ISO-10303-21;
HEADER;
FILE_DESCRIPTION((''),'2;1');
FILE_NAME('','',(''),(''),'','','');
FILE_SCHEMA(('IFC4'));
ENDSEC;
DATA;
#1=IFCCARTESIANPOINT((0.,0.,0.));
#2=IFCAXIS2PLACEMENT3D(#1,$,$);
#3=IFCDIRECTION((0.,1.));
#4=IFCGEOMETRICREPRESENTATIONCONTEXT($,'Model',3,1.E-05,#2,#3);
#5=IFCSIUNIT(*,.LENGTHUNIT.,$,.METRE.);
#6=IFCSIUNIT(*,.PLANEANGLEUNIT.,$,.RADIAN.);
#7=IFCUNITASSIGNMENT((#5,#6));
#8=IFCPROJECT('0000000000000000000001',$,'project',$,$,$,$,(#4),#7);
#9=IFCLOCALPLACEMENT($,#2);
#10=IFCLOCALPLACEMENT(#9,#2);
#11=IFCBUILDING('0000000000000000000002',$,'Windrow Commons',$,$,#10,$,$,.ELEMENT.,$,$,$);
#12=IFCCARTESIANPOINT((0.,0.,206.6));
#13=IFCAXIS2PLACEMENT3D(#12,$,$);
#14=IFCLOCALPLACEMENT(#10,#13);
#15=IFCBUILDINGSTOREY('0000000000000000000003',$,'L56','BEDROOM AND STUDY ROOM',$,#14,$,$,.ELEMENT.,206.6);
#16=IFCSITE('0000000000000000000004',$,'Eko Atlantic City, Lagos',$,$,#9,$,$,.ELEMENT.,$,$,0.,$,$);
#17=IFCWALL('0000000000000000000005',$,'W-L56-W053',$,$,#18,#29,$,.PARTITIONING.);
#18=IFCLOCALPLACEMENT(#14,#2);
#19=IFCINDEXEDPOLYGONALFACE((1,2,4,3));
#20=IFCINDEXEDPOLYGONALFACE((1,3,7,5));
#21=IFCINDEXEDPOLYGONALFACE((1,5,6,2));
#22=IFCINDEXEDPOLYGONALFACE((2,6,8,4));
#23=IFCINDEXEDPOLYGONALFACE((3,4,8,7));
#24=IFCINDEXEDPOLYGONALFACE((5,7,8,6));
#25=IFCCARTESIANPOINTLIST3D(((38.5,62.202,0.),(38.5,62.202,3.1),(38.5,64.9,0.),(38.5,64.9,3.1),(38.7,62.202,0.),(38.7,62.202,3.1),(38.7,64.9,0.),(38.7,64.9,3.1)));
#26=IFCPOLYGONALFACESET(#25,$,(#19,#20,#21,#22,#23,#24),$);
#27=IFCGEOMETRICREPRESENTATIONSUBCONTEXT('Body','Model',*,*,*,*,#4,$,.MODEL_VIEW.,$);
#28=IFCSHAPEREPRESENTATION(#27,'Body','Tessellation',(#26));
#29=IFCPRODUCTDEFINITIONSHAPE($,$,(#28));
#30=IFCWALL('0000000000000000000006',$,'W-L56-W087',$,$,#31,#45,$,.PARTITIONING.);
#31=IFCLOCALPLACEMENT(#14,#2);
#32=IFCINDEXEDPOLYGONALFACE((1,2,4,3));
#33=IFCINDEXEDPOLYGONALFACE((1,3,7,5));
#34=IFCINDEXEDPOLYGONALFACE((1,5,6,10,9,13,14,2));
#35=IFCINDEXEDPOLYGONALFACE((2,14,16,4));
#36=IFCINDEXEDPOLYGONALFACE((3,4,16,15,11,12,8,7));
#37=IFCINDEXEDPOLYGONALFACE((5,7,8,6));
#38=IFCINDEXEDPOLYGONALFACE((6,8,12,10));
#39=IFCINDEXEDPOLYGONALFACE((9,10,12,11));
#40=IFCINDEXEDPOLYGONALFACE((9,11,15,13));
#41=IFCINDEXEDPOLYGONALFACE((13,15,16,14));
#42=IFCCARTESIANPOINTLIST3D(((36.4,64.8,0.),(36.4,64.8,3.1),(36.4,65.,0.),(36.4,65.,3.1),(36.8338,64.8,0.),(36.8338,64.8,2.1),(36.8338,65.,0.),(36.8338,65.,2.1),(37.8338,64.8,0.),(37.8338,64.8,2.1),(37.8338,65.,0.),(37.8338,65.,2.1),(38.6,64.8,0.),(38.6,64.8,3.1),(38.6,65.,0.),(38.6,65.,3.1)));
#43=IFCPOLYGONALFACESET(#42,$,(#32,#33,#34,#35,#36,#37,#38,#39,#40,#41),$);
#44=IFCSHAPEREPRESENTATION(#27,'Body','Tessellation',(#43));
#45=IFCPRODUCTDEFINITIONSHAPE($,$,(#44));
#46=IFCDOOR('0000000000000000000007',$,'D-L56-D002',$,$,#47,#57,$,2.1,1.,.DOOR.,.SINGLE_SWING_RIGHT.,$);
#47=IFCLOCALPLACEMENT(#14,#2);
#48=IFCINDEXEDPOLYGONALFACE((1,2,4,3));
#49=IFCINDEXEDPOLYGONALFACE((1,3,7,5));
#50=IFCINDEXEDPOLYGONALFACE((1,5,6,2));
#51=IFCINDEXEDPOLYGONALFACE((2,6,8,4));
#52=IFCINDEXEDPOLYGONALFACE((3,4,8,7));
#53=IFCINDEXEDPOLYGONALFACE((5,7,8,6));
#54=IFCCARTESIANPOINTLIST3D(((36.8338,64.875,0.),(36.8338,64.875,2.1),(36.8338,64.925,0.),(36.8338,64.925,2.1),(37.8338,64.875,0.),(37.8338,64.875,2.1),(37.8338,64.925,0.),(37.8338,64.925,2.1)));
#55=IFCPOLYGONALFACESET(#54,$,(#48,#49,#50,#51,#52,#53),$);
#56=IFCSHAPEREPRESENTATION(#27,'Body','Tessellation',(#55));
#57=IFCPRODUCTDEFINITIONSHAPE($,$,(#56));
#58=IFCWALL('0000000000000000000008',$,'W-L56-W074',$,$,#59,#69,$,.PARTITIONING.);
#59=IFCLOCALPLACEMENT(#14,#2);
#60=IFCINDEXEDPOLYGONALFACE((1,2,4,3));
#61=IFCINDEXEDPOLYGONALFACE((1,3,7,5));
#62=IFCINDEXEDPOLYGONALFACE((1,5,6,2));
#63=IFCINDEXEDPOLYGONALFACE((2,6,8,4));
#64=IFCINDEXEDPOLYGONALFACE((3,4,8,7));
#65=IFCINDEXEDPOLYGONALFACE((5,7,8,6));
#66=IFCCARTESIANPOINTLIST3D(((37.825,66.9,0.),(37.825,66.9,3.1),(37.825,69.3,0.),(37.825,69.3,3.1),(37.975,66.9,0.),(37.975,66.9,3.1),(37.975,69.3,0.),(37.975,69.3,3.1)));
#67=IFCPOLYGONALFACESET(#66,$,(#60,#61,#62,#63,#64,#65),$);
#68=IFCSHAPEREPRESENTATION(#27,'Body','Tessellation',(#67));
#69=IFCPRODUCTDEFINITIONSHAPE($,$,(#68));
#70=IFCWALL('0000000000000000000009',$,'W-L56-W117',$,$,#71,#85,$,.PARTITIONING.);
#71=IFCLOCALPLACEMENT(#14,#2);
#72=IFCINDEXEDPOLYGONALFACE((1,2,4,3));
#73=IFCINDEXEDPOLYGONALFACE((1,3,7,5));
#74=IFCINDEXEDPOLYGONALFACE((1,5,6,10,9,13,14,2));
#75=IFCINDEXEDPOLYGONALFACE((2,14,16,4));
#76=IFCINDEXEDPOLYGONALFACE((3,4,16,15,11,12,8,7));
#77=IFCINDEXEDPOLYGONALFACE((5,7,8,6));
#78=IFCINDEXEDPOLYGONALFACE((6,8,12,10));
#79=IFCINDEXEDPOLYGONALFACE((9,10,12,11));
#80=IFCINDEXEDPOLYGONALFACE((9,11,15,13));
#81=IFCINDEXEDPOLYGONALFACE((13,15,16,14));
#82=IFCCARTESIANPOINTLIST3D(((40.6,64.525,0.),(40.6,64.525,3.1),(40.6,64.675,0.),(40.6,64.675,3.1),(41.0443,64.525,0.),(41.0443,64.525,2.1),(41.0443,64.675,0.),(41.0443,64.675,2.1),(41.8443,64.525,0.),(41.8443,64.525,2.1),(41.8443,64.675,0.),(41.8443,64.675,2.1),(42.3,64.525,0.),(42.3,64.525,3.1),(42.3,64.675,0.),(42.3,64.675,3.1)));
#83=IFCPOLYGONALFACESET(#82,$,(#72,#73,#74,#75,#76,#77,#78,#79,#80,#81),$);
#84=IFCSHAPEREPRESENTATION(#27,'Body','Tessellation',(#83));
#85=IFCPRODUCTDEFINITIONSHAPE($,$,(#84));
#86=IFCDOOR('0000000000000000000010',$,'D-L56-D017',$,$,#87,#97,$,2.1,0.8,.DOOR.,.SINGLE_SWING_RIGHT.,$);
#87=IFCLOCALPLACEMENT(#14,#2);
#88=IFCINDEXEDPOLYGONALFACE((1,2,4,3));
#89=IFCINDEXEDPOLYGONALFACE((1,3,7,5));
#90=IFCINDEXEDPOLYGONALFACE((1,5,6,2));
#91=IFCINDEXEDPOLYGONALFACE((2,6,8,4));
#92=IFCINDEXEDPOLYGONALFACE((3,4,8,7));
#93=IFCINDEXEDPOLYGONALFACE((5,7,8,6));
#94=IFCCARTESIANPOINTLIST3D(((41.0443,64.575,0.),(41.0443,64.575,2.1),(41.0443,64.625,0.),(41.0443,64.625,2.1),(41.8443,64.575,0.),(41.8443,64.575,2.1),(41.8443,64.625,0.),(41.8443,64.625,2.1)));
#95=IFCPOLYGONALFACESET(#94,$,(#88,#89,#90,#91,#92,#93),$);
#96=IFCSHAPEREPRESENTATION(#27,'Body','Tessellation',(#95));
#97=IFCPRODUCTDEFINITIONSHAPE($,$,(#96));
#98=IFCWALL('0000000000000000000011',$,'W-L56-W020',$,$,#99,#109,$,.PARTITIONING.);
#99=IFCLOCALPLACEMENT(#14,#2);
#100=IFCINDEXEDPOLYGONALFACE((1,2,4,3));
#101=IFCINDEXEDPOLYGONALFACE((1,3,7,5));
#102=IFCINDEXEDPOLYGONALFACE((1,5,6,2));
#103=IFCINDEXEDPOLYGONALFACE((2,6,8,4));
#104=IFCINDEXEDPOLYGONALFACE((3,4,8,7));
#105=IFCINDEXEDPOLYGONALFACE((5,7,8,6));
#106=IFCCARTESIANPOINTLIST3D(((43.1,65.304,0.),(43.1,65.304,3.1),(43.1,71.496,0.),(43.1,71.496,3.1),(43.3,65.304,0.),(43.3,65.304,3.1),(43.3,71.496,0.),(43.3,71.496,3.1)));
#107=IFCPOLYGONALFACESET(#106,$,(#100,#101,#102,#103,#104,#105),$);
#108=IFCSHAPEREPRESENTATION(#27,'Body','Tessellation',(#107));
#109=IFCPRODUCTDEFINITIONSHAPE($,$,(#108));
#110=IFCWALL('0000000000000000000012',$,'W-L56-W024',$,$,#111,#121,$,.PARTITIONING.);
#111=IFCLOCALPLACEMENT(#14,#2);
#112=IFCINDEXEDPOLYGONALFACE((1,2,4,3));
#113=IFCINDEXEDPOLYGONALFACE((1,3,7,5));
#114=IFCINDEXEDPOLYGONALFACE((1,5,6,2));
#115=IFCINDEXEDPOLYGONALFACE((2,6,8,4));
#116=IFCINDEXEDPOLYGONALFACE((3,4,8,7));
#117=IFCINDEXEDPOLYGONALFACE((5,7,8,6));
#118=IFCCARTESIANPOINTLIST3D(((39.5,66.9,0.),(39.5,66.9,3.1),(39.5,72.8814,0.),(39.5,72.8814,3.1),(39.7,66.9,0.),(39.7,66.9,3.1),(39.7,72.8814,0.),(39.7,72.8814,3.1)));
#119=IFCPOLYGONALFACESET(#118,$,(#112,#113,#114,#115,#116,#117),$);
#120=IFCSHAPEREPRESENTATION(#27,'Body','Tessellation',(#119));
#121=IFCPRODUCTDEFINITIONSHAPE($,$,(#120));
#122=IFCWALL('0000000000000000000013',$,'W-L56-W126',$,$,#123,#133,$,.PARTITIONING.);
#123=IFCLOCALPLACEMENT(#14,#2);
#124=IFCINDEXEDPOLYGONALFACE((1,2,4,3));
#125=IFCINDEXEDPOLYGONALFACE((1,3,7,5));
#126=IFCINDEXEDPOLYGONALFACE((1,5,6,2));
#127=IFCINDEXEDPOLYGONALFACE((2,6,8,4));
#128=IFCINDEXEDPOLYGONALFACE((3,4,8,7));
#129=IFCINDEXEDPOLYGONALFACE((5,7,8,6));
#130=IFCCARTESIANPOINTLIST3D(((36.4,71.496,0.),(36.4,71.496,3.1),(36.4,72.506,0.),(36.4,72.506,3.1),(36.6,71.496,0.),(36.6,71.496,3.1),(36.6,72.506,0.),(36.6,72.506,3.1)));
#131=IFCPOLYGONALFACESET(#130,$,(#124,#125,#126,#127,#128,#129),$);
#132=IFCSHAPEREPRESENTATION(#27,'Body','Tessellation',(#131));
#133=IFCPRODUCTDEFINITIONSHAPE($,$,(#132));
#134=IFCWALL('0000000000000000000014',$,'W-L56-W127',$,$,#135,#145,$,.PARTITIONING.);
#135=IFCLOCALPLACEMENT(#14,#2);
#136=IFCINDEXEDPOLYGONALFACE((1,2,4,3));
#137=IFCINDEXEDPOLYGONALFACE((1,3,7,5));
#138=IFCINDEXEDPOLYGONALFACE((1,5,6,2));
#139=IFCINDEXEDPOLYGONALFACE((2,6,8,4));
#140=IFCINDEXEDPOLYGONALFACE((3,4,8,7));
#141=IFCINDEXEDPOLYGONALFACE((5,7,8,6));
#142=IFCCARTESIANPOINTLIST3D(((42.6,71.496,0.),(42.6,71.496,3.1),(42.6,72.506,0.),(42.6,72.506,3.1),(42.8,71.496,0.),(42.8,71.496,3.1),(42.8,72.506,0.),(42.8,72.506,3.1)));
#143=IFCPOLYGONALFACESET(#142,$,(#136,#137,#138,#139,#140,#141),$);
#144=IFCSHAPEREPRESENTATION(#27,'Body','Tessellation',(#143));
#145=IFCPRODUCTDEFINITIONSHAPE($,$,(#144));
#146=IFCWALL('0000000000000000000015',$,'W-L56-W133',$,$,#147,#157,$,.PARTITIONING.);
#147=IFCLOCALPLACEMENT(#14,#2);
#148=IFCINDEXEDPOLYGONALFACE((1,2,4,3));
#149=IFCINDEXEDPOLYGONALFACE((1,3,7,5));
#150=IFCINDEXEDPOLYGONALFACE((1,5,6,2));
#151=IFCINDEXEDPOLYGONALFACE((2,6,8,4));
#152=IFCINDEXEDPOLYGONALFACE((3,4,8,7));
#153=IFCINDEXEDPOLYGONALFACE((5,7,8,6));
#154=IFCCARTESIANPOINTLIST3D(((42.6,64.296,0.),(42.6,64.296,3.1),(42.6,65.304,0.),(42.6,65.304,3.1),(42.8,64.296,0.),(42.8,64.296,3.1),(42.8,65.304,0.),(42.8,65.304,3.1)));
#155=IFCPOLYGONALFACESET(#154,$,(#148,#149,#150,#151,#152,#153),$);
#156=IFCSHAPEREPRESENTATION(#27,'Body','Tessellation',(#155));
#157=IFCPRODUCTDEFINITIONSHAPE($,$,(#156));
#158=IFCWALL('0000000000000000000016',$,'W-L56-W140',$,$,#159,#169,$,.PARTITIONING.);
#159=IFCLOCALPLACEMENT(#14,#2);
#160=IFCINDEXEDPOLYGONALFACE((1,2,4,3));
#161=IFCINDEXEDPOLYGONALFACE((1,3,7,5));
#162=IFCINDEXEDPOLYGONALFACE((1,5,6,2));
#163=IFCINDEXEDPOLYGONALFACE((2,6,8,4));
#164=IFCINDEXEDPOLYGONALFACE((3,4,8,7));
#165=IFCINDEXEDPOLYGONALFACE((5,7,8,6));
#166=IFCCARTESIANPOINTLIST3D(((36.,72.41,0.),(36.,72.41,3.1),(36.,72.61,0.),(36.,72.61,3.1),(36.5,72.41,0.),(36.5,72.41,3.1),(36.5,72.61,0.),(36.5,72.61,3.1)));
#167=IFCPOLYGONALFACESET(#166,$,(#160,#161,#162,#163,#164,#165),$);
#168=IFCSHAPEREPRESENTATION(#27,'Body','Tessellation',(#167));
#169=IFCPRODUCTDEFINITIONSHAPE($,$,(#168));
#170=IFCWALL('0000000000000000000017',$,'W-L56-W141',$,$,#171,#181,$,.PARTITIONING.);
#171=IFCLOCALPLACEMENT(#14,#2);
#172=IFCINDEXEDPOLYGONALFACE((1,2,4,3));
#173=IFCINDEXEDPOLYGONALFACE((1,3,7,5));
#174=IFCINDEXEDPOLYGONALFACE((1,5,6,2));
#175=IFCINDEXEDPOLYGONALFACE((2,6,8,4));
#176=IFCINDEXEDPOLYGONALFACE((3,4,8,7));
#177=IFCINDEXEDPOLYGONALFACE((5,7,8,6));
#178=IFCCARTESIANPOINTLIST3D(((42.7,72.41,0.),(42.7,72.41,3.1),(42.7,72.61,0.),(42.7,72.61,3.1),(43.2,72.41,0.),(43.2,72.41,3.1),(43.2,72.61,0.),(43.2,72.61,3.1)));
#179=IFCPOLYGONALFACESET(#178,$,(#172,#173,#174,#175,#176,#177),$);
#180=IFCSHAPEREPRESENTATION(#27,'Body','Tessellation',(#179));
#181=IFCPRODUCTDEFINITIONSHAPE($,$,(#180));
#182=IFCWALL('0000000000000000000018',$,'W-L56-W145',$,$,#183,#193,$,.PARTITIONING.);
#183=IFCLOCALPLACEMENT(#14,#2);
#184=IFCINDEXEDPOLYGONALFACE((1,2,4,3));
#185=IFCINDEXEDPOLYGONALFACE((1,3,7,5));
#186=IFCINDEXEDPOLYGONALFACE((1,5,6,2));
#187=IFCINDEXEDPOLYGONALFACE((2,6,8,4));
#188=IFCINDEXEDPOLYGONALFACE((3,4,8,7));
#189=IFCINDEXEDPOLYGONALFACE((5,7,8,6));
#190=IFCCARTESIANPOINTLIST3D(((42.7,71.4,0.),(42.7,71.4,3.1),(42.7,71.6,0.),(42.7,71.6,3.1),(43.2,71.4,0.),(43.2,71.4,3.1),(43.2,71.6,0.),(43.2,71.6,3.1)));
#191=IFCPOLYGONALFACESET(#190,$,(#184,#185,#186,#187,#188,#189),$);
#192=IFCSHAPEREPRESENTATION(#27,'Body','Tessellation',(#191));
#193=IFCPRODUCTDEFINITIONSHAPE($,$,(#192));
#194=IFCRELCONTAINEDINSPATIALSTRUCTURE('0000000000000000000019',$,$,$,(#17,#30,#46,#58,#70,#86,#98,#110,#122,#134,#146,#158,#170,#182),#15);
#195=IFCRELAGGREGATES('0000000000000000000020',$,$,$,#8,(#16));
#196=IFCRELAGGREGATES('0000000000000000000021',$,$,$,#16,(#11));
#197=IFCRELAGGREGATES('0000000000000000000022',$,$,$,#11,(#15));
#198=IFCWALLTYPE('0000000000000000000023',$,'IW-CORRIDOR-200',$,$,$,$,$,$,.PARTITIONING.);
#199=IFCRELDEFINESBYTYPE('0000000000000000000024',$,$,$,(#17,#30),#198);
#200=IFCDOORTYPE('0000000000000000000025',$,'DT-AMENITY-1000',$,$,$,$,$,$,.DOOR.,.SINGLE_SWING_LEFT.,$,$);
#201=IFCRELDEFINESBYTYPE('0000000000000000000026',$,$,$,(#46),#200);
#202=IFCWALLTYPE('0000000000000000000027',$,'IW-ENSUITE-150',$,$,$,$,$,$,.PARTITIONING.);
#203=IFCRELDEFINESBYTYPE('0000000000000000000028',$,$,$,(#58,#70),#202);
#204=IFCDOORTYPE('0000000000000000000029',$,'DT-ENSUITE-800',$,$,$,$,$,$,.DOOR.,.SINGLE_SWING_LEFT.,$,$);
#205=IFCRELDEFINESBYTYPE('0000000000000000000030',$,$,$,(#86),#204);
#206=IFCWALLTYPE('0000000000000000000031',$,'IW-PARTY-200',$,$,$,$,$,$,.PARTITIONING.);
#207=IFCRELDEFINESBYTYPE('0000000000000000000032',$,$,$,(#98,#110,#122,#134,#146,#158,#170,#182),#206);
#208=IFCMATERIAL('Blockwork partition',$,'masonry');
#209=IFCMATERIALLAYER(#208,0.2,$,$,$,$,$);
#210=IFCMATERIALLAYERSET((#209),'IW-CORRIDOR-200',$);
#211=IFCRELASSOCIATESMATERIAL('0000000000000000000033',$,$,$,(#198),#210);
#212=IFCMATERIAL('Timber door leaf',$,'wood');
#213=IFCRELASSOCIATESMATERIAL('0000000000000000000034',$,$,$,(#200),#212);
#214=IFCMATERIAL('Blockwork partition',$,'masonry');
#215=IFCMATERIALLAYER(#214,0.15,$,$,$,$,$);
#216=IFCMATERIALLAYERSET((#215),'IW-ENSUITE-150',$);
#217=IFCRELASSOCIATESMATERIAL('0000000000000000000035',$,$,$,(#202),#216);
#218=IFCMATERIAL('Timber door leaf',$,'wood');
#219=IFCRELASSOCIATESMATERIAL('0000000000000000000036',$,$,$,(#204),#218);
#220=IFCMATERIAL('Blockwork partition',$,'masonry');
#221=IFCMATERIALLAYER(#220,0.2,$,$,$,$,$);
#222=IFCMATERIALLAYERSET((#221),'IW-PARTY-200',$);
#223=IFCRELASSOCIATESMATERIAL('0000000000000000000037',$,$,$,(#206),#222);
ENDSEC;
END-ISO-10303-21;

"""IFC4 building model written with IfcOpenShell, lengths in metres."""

from ifc_helpers import new_model, si_unit, direction, frame, frame_2d, origin, place, context, subcontext, project, spatial, rectangle, extrude, material, layer, layer_set, type_object, element, fill, save


model = new_model("IFC4")

# Units and contexts
model_context = context("Model", 3, precision=1e-05, world=origin(), true_north=direction((0.0, 1.0)))
body_context = subcontext(model_context, "Body", "Model", "MODEL_VIEW")
ifc_project = project(units=[si_unit("LENGTHUNIT", "METRE"), si_unit("PLANEANGLEUNIT", "RADIAN")], contexts=[model_context])

# Site, building, storey
site_placement = place(None, origin())
site = spatial("IfcSite", under=ifc_project, at=site_placement, Name="Eko Atlantic City, Lagos", CompositionType="ELEMENT", RefElevation=0.0)
building_placement = place(site_placement, origin())
building = spatial("IfcBuilding", under=site, at=building_placement, Name="Windrow Commons", CompositionType="ELEMENT")
storey_placement = place(building_placement, frame((0.0, 0.0, 206.6)))
storey = spatial("IfcBuildingStorey", under=building, at=storey_placement, Name="L56", Description="BEDROOM AND STUDY ROOM", CompositionType="ELEMENT", Elevation=206.6)

# Shared definitions
ifc_material_1 = material(Name="Blockwork partition", Category="masonry")
ifc_layer_1 = layer(ifc_material_1, 0.2)
ifc_layer_set_1 = layer_set([ifc_layer_1], Name="IW-CORRIDOR-200")
wall_type_1 = type_object("IfcWallType", Name="IW-CORRIDOR-200", PredefinedType="PARTITIONING", material=ifc_layer_set_1)

# Wall
wall_1_placement = place(storey_placement, frame((38.6, 62.202, 0.0), z_axis=(0.0, 0.0, 1.0), x_axis=(0.0, 1.0, 0.0)))
element("IfcWall", 1, at=wall_1_placement, inside=storey, type_object=wall_type_1, Name="W-L56-W053", PredefinedType="PARTITIONING", context=body_context, shape_type="SweptSolid", body=[
    extrude(rectangle(XDim=2.698, YDim=0.2, at=frame_2d((1.349, 0.0))), origin(), (0.0, 0.0, 1.0), 3.1),
])

# Wall, opening, door
wall_2_placement = place(storey_placement, frame((36.4, 64.9, 0.0), z_axis=(0.0, 0.0, 1.0), x_axis=(1.0, 0.0, 0.0)))
wall_2 = element("IfcWall", 2, at=wall_2_placement, inside=storey, type_object=wall_type_1, Name="W-L56-W087", PredefinedType="PARTITIONING", context=body_context, shape_type="SweptSolid", body=[
    extrude(rectangle(XDim=2.2, YDim=0.2, at=frame_2d((1.1, 0.0))), origin(), (0.0, 0.0, 1.0), 3.1),
])
opening_1_placement = place(wall_2_placement, frame((0.4338, 0.0, 0.0)))
opening_1 = element("IfcOpeningElement", 3, at=opening_1_placement, cuts=wall_2, PredefinedType="OPENING", context=body_context, shape_type="SweptSolid", body=[
    extrude(rectangle(XDim=1.0, YDim=2.1, at=frame_2d((0.5, 1.05))), frame((0.0, 0.11, 0.0), z_axis=(0.0, -1.0, 0.0), x_axis=(1.0, 0.0, 0.0)), (0.0, 0.0, 1.0), 0.22),
])
ifc_material_2 = material(Name="Timber door leaf", Category="wood")
door_type_1 = type_object("IfcDoorType", Name="DT-AMENITY-1000", OperationType="SINGLE_SWING_LEFT", PredefinedType="DOOR", material=ifc_material_2)
door_1_placement = place(opening_1_placement, origin())
door_1 = element("IfcDoor", 4, at=door_1_placement, inside=storey, type_object=door_type_1, Name="D-L56-D002", OperationType="SINGLE_SWING_RIGHT", OverallHeight=2.1, OverallWidth=1.0, PredefinedType="DOOR", context=body_context, shape_type="SweptSolid", body=[
    extrude(rectangle(XDim=1.0, YDim=2.1, at=frame_2d((0.5, 1.05))), frame((0.0, 0.025, 0.0), z_axis=(0.0, -1.0, 0.0), x_axis=(1.0, 0.0, 0.0)), (0.0, 0.0, 1.0), 0.05),
])
fill(opening_1, door_1)

# Wall
ifc_material_3 = material(Name="Blockwork partition", Category="masonry")
ifc_layer_2 = layer(ifc_material_3, 0.15)
ifc_layer_set_2 = layer_set([ifc_layer_2], Name="IW-ENSUITE-150")
wall_type_2 = type_object("IfcWallType", Name="IW-ENSUITE-150", PredefinedType="PARTITIONING", material=ifc_layer_set_2)
wall_3_placement = place(storey_placement, frame((37.9, 66.9, 0.0), z_axis=(0.0, 0.0, 1.0), x_axis=(0.0, 1.0, 0.0)))
element("IfcWall", 5, at=wall_3_placement, inside=storey, type_object=wall_type_2, Name="W-L56-W074", PredefinedType="PARTITIONING", context=body_context, shape_type="SweptSolid", body=[
    extrude(rectangle(XDim=2.4, YDim=0.15, at=frame_2d((1.2, 0.0))), origin(), (0.0, 0.0, 1.0), 3.1),
])

# Wall, opening, door
wall_4_placement = place(storey_placement, frame((40.6, 64.6, 0.0), z_axis=(0.0, 0.0, 1.0), x_axis=(1.0, 0.0, 0.0)))
wall_4 = element("IfcWall", 6, at=wall_4_placement, inside=storey, type_object=wall_type_2, Name="W-L56-W117", PredefinedType="PARTITIONING", context=body_context, shape_type="SweptSolid", body=[
    extrude(rectangle(XDim=1.7, YDim=0.15, at=frame_2d((0.85, 0.0))), origin(), (0.0, 0.0, 1.0), 3.1),
])
opening_2_placement = place(wall_4_placement, frame((0.4443, 0.0, 0.0)))
opening_2 = element("IfcOpeningElement", 7, at=opening_2_placement, cuts=wall_4, PredefinedType="OPENING", context=body_context, shape_type="SweptSolid", body=[
    extrude(rectangle(XDim=0.8, YDim=2.1, at=frame_2d((0.4, 1.05))), frame((0.0, 0.085, 0.0), z_axis=(0.0, -1.0, 0.0), x_axis=(1.0, 0.0, 0.0)), (0.0, 0.0, 1.0), 0.17),
])
ifc_material_4 = material(Name="Timber door leaf", Category="wood")
door_type_2 = type_object("IfcDoorType", Name="DT-ENSUITE-800", OperationType="SINGLE_SWING_LEFT", PredefinedType="DOOR", material=ifc_material_4)
door_2_placement = place(opening_2_placement, origin())
door_2 = element("IfcDoor", 8, at=door_2_placement, inside=storey, type_object=door_type_2, Name="D-L56-D017", OperationType="SINGLE_SWING_RIGHT", OverallHeight=2.1, OverallWidth=0.8, PredefinedType="DOOR", context=body_context, shape_type="SweptSolid", body=[
    extrude(rectangle(XDim=0.8, YDim=2.1, at=frame_2d((0.4, 1.05))), frame((0.0, 0.025, 0.0), z_axis=(0.0, -1.0, 0.0), x_axis=(1.0, 0.0, 0.0)), (0.0, 0.0, 1.0), 0.05),
])
fill(opening_2, door_2)

# Walls
ifc_material_5 = material(Name="Blockwork partition", Category="masonry")
ifc_layer_3 = layer(ifc_material_5, 0.2)
ifc_layer_set_3 = layer_set([ifc_layer_3], Name="IW-PARTY-200")
wall_type_3 = type_object("IfcWallType", Name="IW-PARTY-200", PredefinedType="PARTITIONING", material=ifc_layer_set_3)
wall_5_placement = place(storey_placement, frame((43.2, 65.304, 0.0), z_axis=(0.0, 0.0, 1.0), x_axis=(0.0, 1.0, 0.0)))
element("IfcWall", 9, at=wall_5_placement, inside=storey, type_object=wall_type_3, Name="W-L56-W020", PredefinedType="PARTITIONING", context=body_context, shape_type="SweptSolid", body=[
    extrude(rectangle(XDim=6.192, YDim=0.2, at=frame_2d((3.096, 0.0))), origin(), (0.0, 0.0, 1.0), 3.1),
])
wall_6_placement = place(storey_placement, frame((39.6, 66.9, 0.0), z_axis=(0.0, 0.0, 1.0), x_axis=(0.0, 1.0, 0.0)))
element("IfcWall", 10, at=wall_6_placement, inside=storey, type_object=wall_type_3, Name="W-L56-W024", PredefinedType="PARTITIONING", context=body_context, shape_type="SweptSolid", body=[
    extrude(rectangle(XDim=5.9814, YDim=0.2, at=frame_2d((2.9907, 0.0))), origin(), (0.0, 0.0, 1.0), 3.1),
])
for number, where, z_axis, x_axis, name in (
    (11, (36.5, 71.496, 0.0), (0.0, 0.0, 1.0), (0.0, 1.0, 0.0), "W-L56-W126"),
    (12, (42.7, 71.496, 0.0), (0.0, 0.0, 1.0), (0.0, 1.0, 0.0), "W-L56-W127"),
):
    element("IfcWall", number, at=place(storey_placement, frame(where, z_axis=z_axis, x_axis=x_axis)), inside=storey, type_object=wall_type_3, Name=name, PredefinedType="PARTITIONING", context=body_context, shape_type="SweptSolid", body=[
        extrude(rectangle(XDim=1.01, YDim=0.2, at=frame_2d((0.505, 0.0))), origin(), (0.0, 0.0, 1.0), 3.1),
    ])
wall_7_placement = place(storey_placement, frame((42.7, 64.296, 0.0), z_axis=(0.0, 0.0, 1.0), x_axis=(0.0, 1.0, 0.0)))
element("IfcWall", 13, at=wall_7_placement, inside=storey, type_object=wall_type_3, Name="W-L56-W133", PredefinedType="PARTITIONING", context=body_context, shape_type="SweptSolid", body=[
    extrude(rectangle(XDim=1.008, YDim=0.2, at=frame_2d((0.504, 0.0))), origin(), (0.0, 0.0, 1.0), 3.1),
])
for number, where, z_axis, x_axis, name in (
    (14, (36.0, 72.51, 0.0), (0.0, 0.0, 1.0), (1.0, 0.0, 0.0), "W-L56-W140"),
    (15, (42.7, 72.51, 0.0), (0.0, 0.0, 1.0), (1.0, 0.0, 0.0), "W-L56-W141"),
    (16, (42.7, 71.5, 0.0), (0.0, 0.0, 1.0), (1.0, 0.0, 0.0), "W-L56-W145"),
):
    element("IfcWall", number, at=place(storey_placement, frame(where, z_axis=z_axis, x_axis=x_axis)), inside=storey, type_object=wall_type_3, Name=name, PredefinedType="PARTITIONING", context=body_context, shape_type="SweptSolid", body=[
        extrude(rectangle(XDim=0.5, YDim=0.2, at=frame_2d((0.25, 0.0))), origin(), (0.0, 0.0, 1.0), 3.1),
    ])

save(model, "model.ifc")
